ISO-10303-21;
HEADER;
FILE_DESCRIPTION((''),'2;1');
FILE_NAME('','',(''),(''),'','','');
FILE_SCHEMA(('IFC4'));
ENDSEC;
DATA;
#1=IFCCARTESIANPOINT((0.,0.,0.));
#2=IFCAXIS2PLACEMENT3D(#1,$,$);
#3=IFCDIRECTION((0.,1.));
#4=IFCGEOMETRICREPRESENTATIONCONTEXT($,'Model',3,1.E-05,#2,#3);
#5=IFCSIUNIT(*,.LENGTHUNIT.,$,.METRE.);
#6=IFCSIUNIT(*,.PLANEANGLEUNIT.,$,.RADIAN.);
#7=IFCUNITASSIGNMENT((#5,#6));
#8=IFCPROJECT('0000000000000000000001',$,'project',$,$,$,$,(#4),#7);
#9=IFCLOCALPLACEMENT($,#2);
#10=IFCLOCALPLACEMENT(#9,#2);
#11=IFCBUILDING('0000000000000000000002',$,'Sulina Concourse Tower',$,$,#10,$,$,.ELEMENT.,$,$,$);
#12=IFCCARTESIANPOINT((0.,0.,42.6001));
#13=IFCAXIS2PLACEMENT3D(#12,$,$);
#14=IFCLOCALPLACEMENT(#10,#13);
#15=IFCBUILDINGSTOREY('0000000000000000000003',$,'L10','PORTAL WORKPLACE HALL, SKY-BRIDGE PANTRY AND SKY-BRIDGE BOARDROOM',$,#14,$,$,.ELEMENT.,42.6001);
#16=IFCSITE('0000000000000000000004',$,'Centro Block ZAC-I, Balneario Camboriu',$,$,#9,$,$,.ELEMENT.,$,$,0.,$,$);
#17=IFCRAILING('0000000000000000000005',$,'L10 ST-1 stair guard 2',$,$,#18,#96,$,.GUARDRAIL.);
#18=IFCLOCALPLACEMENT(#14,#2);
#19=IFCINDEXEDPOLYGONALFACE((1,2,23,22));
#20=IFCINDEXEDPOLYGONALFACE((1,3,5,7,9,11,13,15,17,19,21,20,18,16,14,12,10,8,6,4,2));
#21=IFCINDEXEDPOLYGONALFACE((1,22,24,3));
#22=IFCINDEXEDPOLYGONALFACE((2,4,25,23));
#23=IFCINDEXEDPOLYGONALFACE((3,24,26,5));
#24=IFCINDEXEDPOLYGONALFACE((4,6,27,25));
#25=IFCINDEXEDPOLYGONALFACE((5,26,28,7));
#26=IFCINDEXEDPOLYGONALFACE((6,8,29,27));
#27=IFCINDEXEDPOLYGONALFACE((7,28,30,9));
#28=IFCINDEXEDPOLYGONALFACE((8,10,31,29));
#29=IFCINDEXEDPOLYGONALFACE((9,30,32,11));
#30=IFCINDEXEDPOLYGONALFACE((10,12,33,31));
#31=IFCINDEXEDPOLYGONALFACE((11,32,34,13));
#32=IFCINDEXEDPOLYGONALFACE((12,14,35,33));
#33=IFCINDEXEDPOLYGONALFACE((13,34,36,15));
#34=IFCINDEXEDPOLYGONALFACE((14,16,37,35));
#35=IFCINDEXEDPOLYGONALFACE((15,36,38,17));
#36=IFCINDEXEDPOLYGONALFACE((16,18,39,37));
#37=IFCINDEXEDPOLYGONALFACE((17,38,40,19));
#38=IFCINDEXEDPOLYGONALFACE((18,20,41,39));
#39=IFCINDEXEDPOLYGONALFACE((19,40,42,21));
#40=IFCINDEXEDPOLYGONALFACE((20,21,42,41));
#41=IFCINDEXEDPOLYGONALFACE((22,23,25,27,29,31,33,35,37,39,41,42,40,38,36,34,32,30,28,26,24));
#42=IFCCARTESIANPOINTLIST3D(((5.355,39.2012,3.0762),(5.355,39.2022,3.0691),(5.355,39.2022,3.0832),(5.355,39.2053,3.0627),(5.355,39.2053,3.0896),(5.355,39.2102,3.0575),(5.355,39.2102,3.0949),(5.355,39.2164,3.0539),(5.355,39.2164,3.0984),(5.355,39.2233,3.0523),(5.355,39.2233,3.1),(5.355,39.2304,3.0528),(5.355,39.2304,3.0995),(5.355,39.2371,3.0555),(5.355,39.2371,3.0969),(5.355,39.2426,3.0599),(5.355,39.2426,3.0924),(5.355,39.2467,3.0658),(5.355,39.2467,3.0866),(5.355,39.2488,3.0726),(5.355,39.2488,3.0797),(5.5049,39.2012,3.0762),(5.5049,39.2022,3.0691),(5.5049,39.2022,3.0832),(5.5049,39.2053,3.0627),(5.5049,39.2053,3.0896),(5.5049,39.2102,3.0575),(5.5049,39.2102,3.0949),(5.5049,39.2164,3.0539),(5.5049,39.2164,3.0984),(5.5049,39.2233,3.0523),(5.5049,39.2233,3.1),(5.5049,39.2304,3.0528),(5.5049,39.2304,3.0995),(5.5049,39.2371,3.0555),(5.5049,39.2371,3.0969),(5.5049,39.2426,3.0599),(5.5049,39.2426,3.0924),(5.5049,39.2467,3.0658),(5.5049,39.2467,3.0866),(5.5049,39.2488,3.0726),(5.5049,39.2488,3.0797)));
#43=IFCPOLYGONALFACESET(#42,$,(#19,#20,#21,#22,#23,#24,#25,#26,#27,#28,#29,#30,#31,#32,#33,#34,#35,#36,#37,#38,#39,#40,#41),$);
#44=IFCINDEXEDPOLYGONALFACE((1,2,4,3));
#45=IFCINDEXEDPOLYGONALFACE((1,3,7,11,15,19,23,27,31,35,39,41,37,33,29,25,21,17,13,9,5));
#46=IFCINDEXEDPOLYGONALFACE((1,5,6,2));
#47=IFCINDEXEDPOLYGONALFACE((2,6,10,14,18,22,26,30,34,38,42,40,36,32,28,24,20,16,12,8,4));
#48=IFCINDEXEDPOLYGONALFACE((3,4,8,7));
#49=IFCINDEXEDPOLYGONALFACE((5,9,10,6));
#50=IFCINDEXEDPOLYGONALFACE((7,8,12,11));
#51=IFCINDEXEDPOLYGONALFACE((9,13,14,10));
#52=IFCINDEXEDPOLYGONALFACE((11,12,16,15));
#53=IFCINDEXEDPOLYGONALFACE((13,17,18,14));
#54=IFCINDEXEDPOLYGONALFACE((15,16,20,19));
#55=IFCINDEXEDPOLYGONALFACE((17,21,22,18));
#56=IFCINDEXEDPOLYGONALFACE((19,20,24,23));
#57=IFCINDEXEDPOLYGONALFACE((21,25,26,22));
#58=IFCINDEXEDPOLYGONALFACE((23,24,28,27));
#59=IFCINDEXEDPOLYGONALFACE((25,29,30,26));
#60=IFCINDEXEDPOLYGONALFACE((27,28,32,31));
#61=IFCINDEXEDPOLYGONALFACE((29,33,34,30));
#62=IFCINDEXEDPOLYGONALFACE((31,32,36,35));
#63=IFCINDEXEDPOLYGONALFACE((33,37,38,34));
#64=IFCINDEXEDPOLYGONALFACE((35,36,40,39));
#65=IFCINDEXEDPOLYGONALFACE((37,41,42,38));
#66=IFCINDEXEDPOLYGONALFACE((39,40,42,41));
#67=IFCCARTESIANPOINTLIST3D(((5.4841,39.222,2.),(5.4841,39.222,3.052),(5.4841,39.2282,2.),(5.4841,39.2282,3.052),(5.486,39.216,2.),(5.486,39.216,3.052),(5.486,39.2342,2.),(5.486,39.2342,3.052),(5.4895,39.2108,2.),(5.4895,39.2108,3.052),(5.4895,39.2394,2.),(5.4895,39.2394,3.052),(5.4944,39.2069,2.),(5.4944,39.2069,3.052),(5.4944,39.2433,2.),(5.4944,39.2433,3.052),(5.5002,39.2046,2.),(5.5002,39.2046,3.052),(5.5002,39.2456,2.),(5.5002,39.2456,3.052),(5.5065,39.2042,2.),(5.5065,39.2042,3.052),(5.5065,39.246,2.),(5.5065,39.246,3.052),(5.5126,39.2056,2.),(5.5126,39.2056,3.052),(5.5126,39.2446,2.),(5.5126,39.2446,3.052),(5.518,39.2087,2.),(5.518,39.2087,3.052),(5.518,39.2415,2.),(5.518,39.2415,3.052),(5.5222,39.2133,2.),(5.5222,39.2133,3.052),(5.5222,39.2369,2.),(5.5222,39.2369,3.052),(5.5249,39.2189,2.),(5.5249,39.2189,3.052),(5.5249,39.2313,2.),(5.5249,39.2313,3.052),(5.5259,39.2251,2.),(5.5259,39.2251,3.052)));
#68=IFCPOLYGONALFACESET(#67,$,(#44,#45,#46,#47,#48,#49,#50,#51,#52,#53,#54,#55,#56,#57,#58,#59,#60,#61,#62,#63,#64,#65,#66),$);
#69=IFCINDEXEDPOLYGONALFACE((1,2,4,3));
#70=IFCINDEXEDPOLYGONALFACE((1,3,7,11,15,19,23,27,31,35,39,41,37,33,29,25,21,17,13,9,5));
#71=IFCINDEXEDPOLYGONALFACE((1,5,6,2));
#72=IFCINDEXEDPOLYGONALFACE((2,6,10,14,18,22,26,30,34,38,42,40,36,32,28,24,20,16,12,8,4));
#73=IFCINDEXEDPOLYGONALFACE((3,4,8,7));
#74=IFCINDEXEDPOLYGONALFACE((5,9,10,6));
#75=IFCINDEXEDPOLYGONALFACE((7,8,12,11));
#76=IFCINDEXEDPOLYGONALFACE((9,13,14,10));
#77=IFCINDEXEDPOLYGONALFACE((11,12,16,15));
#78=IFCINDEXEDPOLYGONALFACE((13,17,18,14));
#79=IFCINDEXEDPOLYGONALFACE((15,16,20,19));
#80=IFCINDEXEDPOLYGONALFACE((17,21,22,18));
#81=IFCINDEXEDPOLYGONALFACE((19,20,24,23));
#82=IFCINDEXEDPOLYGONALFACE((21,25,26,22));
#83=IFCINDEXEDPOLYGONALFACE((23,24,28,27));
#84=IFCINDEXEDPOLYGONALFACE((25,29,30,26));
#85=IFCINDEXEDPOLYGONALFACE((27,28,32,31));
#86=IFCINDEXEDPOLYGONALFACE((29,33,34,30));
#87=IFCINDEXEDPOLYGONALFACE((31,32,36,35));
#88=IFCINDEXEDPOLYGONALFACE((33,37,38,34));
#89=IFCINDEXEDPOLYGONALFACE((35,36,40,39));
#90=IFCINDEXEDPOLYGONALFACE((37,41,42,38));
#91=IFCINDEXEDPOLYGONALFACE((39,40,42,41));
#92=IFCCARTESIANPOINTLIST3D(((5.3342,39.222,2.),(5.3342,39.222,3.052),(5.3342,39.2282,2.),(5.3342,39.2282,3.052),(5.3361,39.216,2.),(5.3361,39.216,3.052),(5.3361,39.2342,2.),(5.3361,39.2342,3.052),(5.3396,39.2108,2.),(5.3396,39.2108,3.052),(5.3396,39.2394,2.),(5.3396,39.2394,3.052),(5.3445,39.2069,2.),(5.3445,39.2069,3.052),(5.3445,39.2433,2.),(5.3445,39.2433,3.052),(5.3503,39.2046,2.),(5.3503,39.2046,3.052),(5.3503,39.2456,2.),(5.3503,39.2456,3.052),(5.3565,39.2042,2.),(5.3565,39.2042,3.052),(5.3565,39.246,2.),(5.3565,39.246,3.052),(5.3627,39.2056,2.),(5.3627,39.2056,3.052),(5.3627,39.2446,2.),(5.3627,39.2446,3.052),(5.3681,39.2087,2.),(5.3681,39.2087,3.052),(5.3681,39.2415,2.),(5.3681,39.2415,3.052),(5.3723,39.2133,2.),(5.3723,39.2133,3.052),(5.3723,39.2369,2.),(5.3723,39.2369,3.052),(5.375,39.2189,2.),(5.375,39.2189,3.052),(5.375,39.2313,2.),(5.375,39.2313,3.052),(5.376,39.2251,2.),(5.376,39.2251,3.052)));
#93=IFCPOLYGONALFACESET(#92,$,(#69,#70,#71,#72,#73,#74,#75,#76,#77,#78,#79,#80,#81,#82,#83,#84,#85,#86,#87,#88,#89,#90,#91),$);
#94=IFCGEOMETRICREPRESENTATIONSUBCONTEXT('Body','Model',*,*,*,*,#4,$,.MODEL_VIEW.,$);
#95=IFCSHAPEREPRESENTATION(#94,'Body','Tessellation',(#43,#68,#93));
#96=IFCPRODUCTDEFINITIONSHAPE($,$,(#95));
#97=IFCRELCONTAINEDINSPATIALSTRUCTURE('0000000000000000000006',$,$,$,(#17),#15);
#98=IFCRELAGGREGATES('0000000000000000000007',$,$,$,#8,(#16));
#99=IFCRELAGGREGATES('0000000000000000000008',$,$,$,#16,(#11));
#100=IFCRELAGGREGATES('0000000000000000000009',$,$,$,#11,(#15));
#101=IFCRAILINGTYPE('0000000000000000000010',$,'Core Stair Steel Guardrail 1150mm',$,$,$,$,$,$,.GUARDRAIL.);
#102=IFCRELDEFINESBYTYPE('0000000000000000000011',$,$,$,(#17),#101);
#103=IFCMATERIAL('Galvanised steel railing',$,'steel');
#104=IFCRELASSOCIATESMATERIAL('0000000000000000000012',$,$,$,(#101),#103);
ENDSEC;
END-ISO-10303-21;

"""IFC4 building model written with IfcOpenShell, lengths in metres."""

from ifc_helpers import new_model, si_unit, direction, frame, origin, origin_2d, place, context, subcontext, project, spatial, circle, extrude, material, type_object, element, save


model = new_model("IFC4")

# Units and contexts
model_context = context("Model", 3, precision=1e-05, world=origin(), true_north=direction((0.0, 1.0)))
body_context = subcontext(model_context, "Body", "Model", "MODEL_VIEW")
ifc_project = project(units=[si_unit("LENGTHUNIT", "METRE"), si_unit("PLANEANGLEUNIT", "RADIAN")], contexts=[model_context])

# Site, building, storey
site_placement = place(None, origin())
site = spatial("IfcSite", under=ifc_project, at=site_placement, Name="Centro Block ZAC-I, Balneario Camboriu", CompositionType="ELEMENT", RefElevation=0.0)
building_placement = place(site_placement, origin())
building = spatial("IfcBuilding", under=site, at=building_placement, Name="Sulina Concourse Tower", CompositionType="ELEMENT")
storey_placement = place(building_placement, frame((0.0, 0.0, 42.6001)))
storey = spatial("IfcBuildingStorey", under=building, at=storey_placement, Name="L10", Description="PORTAL WORKPLACE HALL, SKY-BRIDGE PANTRY AND SKY-BRIDGE BOARDROOM", CompositionType="ELEMENT", Elevation=42.6001)

# Railing
ifc_material_1 = material(Name="Galvanised steel railing", Category="steel")
railing_type_1 = type_object("IfcRailingType", Name="Core Stair Steel Guardrail 1150mm", PredefinedType="GUARDRAIL", material=ifc_material_1)
railing_1_placement = place(storey_placement, frame((5.5049, 39.2251, 2.0)))
element("IfcRailing", 1, at=railing_1_placement, inside=storey, type_object=railing_type_1, Name="L10 ST-1 stair guard 2", PredefinedType="GUARDRAIL", context=body_context, shape_type="SweptSolid", body=[
    extrude(circle(Radius=0.0239, at=origin_2d()), frame((0.0, 0.0, 1.0762), z_axis=(-1.0, 0.0, 0.0), x_axis=(0.0, -1.0, 0.0)), (0.0, 0.0, 1.0), 0.1499),
    extrude(circle(Radius=0.021, at=origin_2d()), origin(), (0.0, 0.0, 1.0), 1.052),
    extrude(circle(Radius=0.021, at=origin_2d()), frame((-0.1499, 0.0, 0.0)), (0.0, 0.0, 1.0), 1.052),
])

save(model, "model.ifc")
